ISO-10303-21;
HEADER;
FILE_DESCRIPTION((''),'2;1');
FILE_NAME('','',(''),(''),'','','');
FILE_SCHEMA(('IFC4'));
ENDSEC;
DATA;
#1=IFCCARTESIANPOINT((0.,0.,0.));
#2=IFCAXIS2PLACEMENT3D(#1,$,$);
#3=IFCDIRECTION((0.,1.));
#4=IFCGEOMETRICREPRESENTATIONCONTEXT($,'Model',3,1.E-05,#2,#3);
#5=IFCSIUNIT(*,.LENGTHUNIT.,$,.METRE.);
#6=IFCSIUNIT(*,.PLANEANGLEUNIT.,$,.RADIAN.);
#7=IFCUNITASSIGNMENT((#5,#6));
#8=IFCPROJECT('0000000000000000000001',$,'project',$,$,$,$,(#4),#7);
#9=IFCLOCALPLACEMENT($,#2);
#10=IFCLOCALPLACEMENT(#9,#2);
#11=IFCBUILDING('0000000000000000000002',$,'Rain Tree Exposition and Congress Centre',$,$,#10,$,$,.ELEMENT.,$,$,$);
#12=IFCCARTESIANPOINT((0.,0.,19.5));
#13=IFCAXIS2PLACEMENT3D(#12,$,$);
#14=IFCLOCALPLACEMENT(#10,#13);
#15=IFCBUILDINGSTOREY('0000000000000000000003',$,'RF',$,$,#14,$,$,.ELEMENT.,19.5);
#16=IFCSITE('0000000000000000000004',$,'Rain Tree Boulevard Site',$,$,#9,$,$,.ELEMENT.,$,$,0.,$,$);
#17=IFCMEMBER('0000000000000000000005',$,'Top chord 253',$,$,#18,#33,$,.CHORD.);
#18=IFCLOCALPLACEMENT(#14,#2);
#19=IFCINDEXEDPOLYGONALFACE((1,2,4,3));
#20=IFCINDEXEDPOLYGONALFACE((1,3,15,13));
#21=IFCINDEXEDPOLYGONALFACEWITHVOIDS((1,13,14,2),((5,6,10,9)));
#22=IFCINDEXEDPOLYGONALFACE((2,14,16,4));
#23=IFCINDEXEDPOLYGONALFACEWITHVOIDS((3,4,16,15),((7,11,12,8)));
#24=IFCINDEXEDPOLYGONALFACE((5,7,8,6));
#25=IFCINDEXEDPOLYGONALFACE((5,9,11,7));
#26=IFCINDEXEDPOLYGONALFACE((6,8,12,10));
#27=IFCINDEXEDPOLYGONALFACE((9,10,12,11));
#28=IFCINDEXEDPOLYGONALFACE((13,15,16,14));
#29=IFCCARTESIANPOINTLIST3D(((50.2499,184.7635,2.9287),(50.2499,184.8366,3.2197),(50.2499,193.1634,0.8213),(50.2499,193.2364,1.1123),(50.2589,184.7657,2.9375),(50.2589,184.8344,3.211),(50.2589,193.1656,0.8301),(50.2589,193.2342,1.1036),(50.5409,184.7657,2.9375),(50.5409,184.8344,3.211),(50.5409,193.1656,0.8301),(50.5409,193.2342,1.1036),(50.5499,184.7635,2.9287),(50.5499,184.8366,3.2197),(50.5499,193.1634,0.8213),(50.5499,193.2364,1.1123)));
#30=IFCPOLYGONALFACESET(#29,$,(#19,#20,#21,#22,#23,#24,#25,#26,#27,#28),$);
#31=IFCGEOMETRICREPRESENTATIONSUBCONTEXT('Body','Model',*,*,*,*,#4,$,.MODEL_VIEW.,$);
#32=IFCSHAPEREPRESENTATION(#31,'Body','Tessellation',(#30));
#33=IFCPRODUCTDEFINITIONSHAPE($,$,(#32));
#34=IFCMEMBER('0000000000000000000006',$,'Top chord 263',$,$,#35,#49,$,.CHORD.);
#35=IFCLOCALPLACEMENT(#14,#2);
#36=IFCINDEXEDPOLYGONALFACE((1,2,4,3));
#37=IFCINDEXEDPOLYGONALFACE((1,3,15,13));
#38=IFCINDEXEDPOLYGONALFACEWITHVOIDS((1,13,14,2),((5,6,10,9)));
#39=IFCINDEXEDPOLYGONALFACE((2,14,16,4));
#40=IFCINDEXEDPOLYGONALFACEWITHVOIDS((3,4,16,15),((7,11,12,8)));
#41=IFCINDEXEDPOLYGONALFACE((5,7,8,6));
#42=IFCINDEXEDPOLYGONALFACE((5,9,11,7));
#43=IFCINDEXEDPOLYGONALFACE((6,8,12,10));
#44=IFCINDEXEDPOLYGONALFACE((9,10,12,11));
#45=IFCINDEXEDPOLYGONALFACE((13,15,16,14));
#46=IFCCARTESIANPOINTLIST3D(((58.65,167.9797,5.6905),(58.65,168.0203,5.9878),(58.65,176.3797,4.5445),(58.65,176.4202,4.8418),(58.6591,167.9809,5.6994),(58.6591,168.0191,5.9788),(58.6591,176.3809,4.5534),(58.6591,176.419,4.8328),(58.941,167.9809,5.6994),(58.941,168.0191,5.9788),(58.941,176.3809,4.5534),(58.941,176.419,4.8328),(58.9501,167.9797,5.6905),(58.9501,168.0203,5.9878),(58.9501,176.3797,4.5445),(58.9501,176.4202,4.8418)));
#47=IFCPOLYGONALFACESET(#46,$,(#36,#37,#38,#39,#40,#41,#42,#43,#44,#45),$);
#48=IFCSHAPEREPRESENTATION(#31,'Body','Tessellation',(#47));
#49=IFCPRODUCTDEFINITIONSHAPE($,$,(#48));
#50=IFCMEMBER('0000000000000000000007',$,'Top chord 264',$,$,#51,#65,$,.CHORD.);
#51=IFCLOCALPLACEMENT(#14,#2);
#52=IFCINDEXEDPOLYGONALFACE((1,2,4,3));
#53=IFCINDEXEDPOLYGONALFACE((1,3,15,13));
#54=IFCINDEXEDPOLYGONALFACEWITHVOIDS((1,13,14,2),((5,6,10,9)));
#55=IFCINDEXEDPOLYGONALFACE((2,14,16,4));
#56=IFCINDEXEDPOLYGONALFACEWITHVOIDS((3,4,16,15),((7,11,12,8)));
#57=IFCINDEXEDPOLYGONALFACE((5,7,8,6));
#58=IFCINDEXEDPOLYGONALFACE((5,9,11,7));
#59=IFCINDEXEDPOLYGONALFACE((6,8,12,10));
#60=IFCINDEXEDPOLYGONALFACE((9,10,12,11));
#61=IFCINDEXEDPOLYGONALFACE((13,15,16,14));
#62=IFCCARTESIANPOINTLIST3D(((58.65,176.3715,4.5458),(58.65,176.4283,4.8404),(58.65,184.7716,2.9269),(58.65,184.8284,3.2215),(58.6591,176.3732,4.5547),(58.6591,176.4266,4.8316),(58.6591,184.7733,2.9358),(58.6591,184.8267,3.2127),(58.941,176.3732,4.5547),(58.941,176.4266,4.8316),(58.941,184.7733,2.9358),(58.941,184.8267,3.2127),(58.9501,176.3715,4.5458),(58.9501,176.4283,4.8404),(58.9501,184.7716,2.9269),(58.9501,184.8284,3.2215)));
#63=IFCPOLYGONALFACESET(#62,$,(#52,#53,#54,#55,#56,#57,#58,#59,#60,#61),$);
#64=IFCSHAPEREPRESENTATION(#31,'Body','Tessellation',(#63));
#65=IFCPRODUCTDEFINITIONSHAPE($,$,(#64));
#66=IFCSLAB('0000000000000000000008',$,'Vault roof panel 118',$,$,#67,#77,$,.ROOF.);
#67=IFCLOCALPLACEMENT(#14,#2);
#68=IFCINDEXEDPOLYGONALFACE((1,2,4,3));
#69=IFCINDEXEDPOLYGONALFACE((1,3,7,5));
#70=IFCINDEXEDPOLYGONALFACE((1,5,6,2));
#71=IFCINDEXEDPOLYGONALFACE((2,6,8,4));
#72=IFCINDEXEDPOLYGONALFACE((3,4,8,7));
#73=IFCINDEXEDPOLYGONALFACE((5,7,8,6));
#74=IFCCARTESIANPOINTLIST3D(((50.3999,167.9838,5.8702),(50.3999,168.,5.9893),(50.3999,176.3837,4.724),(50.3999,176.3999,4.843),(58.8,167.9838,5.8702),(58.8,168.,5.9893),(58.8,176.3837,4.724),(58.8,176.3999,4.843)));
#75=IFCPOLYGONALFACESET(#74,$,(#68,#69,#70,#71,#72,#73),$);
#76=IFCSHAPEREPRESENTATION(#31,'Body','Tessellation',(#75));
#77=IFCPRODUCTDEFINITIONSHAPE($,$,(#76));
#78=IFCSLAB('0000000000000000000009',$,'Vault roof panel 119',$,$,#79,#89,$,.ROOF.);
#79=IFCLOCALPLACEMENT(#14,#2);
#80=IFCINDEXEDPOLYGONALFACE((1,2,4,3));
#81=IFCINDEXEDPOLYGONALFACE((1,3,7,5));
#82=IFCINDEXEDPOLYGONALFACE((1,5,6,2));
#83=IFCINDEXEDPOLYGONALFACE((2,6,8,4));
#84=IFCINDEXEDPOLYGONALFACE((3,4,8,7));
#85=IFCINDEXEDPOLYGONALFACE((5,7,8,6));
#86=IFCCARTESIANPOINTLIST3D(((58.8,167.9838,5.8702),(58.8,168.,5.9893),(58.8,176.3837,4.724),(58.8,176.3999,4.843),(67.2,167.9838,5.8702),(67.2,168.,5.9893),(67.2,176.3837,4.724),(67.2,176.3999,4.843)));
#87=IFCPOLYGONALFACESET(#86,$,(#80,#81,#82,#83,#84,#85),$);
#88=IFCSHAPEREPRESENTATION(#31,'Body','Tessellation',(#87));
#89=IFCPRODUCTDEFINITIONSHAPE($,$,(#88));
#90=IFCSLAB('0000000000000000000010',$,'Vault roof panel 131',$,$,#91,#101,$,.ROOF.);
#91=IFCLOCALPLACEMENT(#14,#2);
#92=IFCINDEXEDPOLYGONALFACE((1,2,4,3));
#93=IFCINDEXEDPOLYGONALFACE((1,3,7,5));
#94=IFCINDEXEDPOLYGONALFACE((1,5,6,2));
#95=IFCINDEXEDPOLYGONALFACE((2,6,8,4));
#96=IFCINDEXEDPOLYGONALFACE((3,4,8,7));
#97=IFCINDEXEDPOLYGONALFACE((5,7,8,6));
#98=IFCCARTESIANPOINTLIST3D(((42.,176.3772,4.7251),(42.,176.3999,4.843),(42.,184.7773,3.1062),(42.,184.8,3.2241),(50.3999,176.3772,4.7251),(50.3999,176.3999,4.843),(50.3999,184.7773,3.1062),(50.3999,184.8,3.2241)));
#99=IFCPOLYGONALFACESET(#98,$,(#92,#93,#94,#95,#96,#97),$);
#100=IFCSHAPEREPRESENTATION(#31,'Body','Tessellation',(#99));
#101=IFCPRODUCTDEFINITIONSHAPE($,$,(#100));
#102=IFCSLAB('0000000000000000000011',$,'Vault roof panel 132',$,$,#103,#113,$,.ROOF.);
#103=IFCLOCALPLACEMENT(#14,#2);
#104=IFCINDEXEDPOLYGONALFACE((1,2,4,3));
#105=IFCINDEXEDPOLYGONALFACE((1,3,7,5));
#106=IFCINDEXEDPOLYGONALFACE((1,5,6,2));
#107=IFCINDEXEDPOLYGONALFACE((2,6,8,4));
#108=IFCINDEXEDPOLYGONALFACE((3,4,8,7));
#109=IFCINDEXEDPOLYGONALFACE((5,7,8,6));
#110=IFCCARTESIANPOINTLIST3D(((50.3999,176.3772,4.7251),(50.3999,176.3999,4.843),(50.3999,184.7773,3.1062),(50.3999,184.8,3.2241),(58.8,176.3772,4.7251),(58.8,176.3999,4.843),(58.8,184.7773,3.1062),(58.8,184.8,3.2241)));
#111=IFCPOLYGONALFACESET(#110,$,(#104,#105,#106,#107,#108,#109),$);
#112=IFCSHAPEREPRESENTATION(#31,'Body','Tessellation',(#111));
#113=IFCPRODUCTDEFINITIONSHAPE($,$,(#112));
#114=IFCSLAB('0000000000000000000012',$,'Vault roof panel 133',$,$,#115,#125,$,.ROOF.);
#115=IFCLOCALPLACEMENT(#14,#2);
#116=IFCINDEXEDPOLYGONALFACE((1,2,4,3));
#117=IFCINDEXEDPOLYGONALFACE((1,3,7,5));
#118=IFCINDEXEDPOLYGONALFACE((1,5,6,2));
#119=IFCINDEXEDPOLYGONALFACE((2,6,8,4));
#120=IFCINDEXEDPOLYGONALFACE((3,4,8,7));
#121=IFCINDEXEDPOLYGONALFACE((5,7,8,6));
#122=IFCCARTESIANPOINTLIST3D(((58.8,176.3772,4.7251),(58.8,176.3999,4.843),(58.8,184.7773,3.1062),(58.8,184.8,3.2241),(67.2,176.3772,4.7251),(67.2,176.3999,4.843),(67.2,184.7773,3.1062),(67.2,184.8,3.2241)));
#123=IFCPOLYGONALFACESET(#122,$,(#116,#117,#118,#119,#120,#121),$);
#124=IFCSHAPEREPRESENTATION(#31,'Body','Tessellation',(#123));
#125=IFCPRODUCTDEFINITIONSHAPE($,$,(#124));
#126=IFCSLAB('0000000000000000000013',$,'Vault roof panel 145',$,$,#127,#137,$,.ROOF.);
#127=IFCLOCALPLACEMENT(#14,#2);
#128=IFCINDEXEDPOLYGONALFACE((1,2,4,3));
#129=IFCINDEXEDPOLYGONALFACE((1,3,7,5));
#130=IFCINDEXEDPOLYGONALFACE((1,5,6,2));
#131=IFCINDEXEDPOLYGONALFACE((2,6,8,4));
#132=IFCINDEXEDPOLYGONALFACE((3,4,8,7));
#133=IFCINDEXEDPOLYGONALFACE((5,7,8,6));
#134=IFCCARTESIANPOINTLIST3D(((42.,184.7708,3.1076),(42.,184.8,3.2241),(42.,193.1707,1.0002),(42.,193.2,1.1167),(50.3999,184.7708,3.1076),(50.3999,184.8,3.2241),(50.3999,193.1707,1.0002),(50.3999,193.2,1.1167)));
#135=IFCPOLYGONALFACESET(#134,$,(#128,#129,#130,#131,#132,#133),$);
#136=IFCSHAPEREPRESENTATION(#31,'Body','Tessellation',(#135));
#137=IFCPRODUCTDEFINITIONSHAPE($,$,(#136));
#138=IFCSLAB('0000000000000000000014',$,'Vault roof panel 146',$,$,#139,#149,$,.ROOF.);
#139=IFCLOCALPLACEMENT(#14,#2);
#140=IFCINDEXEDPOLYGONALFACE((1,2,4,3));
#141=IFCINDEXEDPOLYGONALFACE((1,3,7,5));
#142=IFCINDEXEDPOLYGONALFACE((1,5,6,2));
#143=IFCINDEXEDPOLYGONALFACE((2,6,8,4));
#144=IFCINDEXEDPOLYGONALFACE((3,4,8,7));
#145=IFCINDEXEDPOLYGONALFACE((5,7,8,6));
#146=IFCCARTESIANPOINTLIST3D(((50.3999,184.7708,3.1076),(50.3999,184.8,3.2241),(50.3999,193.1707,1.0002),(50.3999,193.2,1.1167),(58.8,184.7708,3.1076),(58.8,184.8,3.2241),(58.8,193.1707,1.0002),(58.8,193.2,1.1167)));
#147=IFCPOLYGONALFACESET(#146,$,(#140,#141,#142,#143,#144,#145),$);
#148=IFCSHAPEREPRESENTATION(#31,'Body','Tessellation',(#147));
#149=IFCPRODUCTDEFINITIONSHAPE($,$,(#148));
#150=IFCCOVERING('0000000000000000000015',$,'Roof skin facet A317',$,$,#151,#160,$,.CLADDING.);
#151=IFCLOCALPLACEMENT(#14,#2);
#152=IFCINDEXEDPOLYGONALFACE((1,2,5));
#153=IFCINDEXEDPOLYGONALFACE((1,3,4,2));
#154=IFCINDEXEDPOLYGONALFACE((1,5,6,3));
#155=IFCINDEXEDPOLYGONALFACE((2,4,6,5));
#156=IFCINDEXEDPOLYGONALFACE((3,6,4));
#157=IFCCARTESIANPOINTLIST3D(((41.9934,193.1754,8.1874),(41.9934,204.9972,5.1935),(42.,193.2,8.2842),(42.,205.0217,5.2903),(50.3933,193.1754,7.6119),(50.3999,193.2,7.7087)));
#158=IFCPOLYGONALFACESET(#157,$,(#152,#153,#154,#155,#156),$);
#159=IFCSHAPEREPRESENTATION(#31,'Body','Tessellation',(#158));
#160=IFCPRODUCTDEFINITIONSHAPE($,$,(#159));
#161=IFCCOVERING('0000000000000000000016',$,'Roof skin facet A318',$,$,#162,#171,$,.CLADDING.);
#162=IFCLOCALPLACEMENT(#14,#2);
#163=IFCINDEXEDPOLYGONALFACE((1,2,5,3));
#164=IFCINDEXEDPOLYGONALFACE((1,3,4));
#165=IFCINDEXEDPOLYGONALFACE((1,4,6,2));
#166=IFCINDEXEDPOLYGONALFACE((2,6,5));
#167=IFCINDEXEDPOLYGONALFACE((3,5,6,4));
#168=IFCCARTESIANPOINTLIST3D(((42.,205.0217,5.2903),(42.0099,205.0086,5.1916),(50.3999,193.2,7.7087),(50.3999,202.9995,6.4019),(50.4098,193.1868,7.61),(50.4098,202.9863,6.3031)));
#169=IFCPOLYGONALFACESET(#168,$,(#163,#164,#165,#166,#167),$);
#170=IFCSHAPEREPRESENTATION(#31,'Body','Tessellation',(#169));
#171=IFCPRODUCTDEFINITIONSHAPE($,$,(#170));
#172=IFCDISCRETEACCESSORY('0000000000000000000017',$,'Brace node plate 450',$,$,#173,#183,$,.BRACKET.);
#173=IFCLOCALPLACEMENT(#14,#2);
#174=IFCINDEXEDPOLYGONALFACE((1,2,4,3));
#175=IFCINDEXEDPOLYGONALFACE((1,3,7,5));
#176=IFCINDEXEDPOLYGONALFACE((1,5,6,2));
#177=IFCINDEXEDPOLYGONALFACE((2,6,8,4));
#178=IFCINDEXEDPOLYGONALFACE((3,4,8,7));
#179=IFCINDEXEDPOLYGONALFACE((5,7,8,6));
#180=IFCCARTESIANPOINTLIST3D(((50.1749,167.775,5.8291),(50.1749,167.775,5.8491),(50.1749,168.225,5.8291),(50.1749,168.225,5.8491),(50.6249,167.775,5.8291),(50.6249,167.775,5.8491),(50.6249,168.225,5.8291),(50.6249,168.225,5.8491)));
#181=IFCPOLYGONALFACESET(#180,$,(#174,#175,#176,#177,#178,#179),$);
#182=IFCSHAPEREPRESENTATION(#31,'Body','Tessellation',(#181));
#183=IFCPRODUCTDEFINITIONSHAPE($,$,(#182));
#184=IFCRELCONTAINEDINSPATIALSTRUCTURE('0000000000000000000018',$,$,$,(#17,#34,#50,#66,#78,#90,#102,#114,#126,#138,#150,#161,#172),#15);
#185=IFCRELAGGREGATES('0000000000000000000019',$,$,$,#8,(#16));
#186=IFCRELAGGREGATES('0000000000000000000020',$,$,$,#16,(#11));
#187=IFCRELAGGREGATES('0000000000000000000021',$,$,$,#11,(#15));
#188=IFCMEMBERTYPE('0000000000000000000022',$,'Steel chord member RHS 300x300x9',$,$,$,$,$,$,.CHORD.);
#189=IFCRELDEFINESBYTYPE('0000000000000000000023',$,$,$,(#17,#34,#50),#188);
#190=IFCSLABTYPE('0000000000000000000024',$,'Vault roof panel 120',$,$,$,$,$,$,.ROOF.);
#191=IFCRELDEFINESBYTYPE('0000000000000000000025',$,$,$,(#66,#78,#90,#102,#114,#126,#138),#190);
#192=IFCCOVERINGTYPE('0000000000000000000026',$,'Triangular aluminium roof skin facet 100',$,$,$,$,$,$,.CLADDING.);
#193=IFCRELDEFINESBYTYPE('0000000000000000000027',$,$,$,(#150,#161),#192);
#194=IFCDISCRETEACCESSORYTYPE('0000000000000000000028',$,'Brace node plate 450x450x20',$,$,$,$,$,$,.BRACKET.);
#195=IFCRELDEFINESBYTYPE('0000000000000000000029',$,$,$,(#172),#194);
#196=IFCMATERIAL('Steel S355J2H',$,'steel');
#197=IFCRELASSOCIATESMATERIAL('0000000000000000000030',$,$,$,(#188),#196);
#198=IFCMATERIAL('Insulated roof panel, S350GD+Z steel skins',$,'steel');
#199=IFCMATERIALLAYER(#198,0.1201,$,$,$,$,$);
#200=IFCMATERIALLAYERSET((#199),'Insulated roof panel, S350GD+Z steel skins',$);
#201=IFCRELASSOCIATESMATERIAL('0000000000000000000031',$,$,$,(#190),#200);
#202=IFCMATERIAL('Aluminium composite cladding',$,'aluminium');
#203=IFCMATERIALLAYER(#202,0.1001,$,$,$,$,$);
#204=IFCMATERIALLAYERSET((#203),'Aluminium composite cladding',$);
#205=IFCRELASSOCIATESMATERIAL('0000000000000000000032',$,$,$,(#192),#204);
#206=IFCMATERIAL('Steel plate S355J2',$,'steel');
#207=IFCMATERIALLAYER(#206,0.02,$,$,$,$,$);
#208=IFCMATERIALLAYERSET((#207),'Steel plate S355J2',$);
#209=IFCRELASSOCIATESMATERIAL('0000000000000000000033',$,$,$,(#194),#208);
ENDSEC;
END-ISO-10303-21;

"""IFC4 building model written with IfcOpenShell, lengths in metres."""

from ifc_helpers import new_model, si_unit, direction, frame, origin, origin_2d, place, context, subcontext, project, spatial, polyline, rectangle, hollow_rectangle, outline, extrude, material, layer, layer_set, material_profile, profile_set, type_object, element, save


model = new_model("IFC4")

# Units and contexts
model_context = context("Model", 3, precision=1e-05, world=origin(), true_north=direction((0.0, 1.0)))
body_context = subcontext(model_context, "Body", "Model", "MODEL_VIEW")
ifc_project = project(units=[si_unit("LENGTHUNIT", "METRE"), si_unit("PLANEANGLEUNIT", "RADIAN")], contexts=[model_context])

# Site, building, storey
site_placement = place(None, origin())
site = spatial("IfcSite", under=ifc_project, at=site_placement, Name="Rain Tree Boulevard Site", CompositionType="ELEMENT", RefElevation=0.0)
building_placement = place(site_placement, origin())
building = spatial("IfcBuilding", under=site, at=building_placement, Name="Rain Tree Exposition and Congress Centre", CompositionType="ELEMENT")
storey_placement = place(building_placement, frame((0.0, 0.0, 19.5)))
storey = spatial("IfcBuildingStorey", under=building, at=storey_placement, Name="RF", CompositionType="ELEMENT", Elevation=19.5)

# Members
ifc_material_1 = material(Name="Steel S355J2H", Category="steel")
ifc_material_profile_1 = material_profile(ifc_material_1, hollow_rectangle(XDim=0.3, YDim=0.3, WallThickness=0.009, at=origin_2d()), Name="RHS 300x300x9")
ifc_profile_set_1 = profile_set([ifc_material_profile_1], Name="Steel S355J2H")
member_type = type_object("IfcMemberType", Name="Steel chord member RHS 300x300x9", PredefinedType="CHORD", material=ifc_profile_set_1)
member_1_placement = place(storey_placement, frame((50.3999, 184.8, 3.0742), z_axis=(0.0, 0.96994, -0.243345), x_axis=(-1.0, 0.0, 0.0)))
element("IfcMember", 1, at=member_1_placement, inside=storey, type_object=member_type, Name="Top chord 253", PredefinedType="CHORD", context=body_context, shape_type="SweptSolid", body=[
    extrude(hollow_rectangle(XDim=0.3, YDim=0.3, WallThickness=0.009, at=origin_2d()), origin(), (0.0, 0.0, 1.0), 8.6602),
])
member_2_placement = place(storey_placement, frame((58.8, 168.0, 5.8391), z_axis=(0.0, 0.990821, -0.135177), x_axis=(-1.0, 0.0, 0.0)))
element("IfcMember", 2, at=member_2_placement, inside=storey, type_object=member_type, Name="Top chord 263", PredefinedType="CHORD", context=body_context, shape_type="SweptSolid", body=[
    extrude(hollow_rectangle(XDim=0.3, YDim=0.3, WallThickness=0.009, at=origin_2d()), origin(), (0.0, 0.0, 1.0), 8.4778),
])
member_3_placement = place(storey_placement, frame((58.8, 176.3999, 4.6931), z_axis=(0.0, 0.981931, -0.18924), x_axis=(-1.0, 0.0, 0.0)))
element("IfcMember", 3, at=member_3_placement, inside=storey, type_object=member_type, Name="Top chord 264", PredefinedType="CHORD", context=body_context, shape_type="SweptSolid", body=[
    extrude(hollow_rectangle(XDim=0.3, YDim=0.3, WallThickness=0.009, at=origin_2d()), origin(), (0.0, 0.0, 1.0), 8.5547),
])

# Slabs
ifc_material_2 = material(Name="Insulated roof panel, S350GD+Z steel skins", Category="steel")
ifc_layer_1 = layer(ifc_material_2, 0.1201)
ifc_layer_set_1 = layer_set([ifc_layer_1], Name="Insulated roof panel, S350GD+Z steel skins")
slab_type = type_object("IfcSlabType", Name="Vault roof panel 120", PredefinedType="ROOF", material=ifc_layer_set_1)
slab_1_placement = place(storey_placement, frame((50.3999, 168.0, 5.9893), z_axis=(0.0, 0.135206, 0.990818), x_axis=(1.0, 0.0, 0.0)))
element("IfcSlab", 4, at=slab_1_placement, inside=storey, type_object=slab_type, Name="Vault roof panel 118", PredefinedType="ROOF", context=body_context, shape_type="SweptSolid", body=[
    extrude(outline(polyline([(0.0, 0.0), (8.4001, 0.0), (8.4001, 8.4777), (0.0, 8.4777), (0.0, 0.0)])), origin(), (0.0, 0.0, -1.0), 0.1201),
])
slab_2_placement = place(storey_placement, frame((58.8, 168.0, 5.9893), z_axis=(0.0, 0.135206, 0.990818), x_axis=(1.0, 0.0, 0.0)))
element("IfcSlab", 5, at=slab_2_placement, inside=storey, type_object=slab_type, Name="Vault roof panel 119", PredefinedType="ROOF", context=body_context, shape_type="SweptSolid", body=[
    extrude(outline(polyline([(0.0, 0.0), (8.3999, 0.0), (8.3999, 8.4777), (0.0, 8.4777), (0.0, 0.0)])), origin(), (0.0, 0.0, -1.0), 0.1201),
])
slab_3_placement = place(storey_placement, frame((42.0, 176.3999, 4.843), z_axis=(0.0, 0.18924, 0.981931), x_axis=(1.0, 0.0, 0.0)))
element("IfcSlab", 6, at=slab_3_placement, inside=storey, type_object=slab_type, Name="Vault roof panel 131", PredefinedType="ROOF", context=body_context, shape_type="SweptSolid", body=[
    extrude(outline(polyline([(0.0, 0.0), (8.3999, 0.0), (8.3999, 8.5547), (0.0, 8.5547), (0.0, 0.0)])), origin(), (0.0, 0.0, -1.0), 0.1201),
])
slab_4_placement = place(storey_placement, frame((50.3999, 176.3999, 4.843), z_axis=(0.0, 0.18924, 0.981931), x_axis=(1.0, 0.0, 0.0)))
element("IfcSlab", 7, at=slab_4_placement, inside=storey, type_object=slab_type, Name="Vault roof panel 132", PredefinedType="ROOF", context=body_context, shape_type="SweptSolid", body=[
    extrude(outline(polyline([(0.0, 0.0), (8.4001, 0.0), (8.4001, 8.5547), (0.0, 8.5547), (0.0, 0.0)])), origin(), (0.0, 0.0, -1.0), 0.1201),
])
slab_5_placement = place(storey_placement, frame((58.8, 176.3999, 4.843), z_axis=(0.0, 0.18924, 0.981931), x_axis=(1.0, 0.0, 0.0)))
element("IfcSlab", 8, at=slab_5_placement, inside=storey, type_object=slab_type, Name="Vault roof panel 133", PredefinedType="ROOF", context=body_context, shape_type="SweptSolid", body=[
    extrude(outline(polyline([(0.0, 0.0), (8.3999, 0.0), (8.3999, 8.5547), (0.0, 8.5547), (0.0, 0.0)])), origin(), (0.0, 0.0, -1.0), 0.1201),
])
slab_6_placement = place(storey_placement, frame((42.0, 184.8, 3.2241), z_axis=(0.0, 0.243345, 0.96994), x_axis=(1.0, 0.0, 0.0)))
element("IfcSlab", 9, at=slab_6_placement, inside=storey, type_object=slab_type, Name="Vault roof panel 145", PredefinedType="ROOF", context=body_context, shape_type="SweptSolid", body=[
    extrude(outline(polyline([(0.0, 0.0), (8.3999, 0.0), (8.3999, 8.6602), (0.0, 8.6602), (0.0, 0.0)])), origin(), (0.0, 0.0, -1.0), 0.1201),
])
slab_7_placement = place(storey_placement, frame((50.3999, 184.8, 3.2241), z_axis=(0.0, 0.243345, 0.96994), x_axis=(1.0, 0.0, 0.0)))
element("IfcSlab", 10, at=slab_7_placement, inside=storey, type_object=slab_type, Name="Vault roof panel 146", PredefinedType="ROOF", context=body_context, shape_type="SweptSolid", body=[
    extrude(outline(polyline([(0.0, 0.0), (8.4001, 0.0), (8.4001, 8.6602), (0.0, 8.6602), (0.0, 0.0)])), origin(), (0.0, 0.0, -1.0), 0.1201),
])

# Coverings
ifc_material_3 = material(Name="Aluminium composite cladding", Category="aluminium")
ifc_layer_2 = layer(ifc_material_3, 0.1001)
ifc_layer_set_2 = layer_set([ifc_layer_2], Name="Aluminium composite cladding")
covering_type = type_object("IfcCoveringType", Name="Triangular aluminium roof skin facet 100", PredefinedType="CLADDING", material=ifc_layer_set_2)
covering_1_placement = place(storey_placement, frame((42.0, 193.2, 8.2842), z_axis=(0.066263, 0.244963, 0.967266), x_axis=(0.997662, 0.0, -0.068345)))
element("IfcCovering", 11, at=covering_1_placement, inside=storey, type_object=covering_type, Name="Roof skin facet A317", PredefinedType="CLADDING", context=body_context, shape_type="SweptSolid", body=[
    extrude(outline(polyline([(0.0, 0.0), (8.4196, 0.0), (0.2046, 12.1933), (0.0, 0.0)])), origin(), (0.0, 0.0, -1.0), 0.1001),
])
covering_2_placement = place(storey_placement, frame((50.3999, 193.2, 7.7087), z_axis=(-0.09886, 0.131544, 0.986369), x_axis=(0.0, 0.991224, -0.132191)))
element("IfcCovering", 12, at=covering_2_placement, inside=storey, type_object=covering_type, Name="Roof skin facet A318", PredefinedType="CLADDING", context=body_context, shape_type="SweptSolid", body=[
    extrude(outline(polyline([(0.0, 0.0), (9.8863, 0.0), (12.0377, 8.4413), (0.0, 0.0)])), origin(), (0.0, 0.0, -1.0), 0.1001),
])

# Discrete accessory
ifc_material_4 = material(Name="Steel plate S355J2", Category="steel")
ifc_layer_3 = layer(ifc_material_4, 0.02)
ifc_layer_set_3 = layer_set([ifc_layer_3], Name="Steel plate S355J2")
discrete_accessory_type_1 = type_object("IfcDiscreteAccessoryType", Name="Brace node plate 450x450x20", PredefinedType="BRACKET", material=ifc_layer_set_3)
for number, where, z_axis, x_axis, name in (
    (13, (50.3999, 168.0, 5.8291), (0.0, 0.0, 1.0), (1.0, 0.0, 0.0), "Brace node plate 450"),
):
    element("IfcDiscreteAccessory", number, at=place(storey_placement, frame(where, z_axis=z_axis, x_axis=x_axis)), inside=storey, type_object=discrete_accessory_type_1, Name=name, PredefinedType="BRACKET", context=body_context, shape_type="SweptSolid", body=[
        extrude(rectangle(XDim=0.45, YDim=0.45, at=origin_2d()), origin(), (0.0, 0.0, 1.0), 0.02),
    ])

save(model, "model.ifc")
